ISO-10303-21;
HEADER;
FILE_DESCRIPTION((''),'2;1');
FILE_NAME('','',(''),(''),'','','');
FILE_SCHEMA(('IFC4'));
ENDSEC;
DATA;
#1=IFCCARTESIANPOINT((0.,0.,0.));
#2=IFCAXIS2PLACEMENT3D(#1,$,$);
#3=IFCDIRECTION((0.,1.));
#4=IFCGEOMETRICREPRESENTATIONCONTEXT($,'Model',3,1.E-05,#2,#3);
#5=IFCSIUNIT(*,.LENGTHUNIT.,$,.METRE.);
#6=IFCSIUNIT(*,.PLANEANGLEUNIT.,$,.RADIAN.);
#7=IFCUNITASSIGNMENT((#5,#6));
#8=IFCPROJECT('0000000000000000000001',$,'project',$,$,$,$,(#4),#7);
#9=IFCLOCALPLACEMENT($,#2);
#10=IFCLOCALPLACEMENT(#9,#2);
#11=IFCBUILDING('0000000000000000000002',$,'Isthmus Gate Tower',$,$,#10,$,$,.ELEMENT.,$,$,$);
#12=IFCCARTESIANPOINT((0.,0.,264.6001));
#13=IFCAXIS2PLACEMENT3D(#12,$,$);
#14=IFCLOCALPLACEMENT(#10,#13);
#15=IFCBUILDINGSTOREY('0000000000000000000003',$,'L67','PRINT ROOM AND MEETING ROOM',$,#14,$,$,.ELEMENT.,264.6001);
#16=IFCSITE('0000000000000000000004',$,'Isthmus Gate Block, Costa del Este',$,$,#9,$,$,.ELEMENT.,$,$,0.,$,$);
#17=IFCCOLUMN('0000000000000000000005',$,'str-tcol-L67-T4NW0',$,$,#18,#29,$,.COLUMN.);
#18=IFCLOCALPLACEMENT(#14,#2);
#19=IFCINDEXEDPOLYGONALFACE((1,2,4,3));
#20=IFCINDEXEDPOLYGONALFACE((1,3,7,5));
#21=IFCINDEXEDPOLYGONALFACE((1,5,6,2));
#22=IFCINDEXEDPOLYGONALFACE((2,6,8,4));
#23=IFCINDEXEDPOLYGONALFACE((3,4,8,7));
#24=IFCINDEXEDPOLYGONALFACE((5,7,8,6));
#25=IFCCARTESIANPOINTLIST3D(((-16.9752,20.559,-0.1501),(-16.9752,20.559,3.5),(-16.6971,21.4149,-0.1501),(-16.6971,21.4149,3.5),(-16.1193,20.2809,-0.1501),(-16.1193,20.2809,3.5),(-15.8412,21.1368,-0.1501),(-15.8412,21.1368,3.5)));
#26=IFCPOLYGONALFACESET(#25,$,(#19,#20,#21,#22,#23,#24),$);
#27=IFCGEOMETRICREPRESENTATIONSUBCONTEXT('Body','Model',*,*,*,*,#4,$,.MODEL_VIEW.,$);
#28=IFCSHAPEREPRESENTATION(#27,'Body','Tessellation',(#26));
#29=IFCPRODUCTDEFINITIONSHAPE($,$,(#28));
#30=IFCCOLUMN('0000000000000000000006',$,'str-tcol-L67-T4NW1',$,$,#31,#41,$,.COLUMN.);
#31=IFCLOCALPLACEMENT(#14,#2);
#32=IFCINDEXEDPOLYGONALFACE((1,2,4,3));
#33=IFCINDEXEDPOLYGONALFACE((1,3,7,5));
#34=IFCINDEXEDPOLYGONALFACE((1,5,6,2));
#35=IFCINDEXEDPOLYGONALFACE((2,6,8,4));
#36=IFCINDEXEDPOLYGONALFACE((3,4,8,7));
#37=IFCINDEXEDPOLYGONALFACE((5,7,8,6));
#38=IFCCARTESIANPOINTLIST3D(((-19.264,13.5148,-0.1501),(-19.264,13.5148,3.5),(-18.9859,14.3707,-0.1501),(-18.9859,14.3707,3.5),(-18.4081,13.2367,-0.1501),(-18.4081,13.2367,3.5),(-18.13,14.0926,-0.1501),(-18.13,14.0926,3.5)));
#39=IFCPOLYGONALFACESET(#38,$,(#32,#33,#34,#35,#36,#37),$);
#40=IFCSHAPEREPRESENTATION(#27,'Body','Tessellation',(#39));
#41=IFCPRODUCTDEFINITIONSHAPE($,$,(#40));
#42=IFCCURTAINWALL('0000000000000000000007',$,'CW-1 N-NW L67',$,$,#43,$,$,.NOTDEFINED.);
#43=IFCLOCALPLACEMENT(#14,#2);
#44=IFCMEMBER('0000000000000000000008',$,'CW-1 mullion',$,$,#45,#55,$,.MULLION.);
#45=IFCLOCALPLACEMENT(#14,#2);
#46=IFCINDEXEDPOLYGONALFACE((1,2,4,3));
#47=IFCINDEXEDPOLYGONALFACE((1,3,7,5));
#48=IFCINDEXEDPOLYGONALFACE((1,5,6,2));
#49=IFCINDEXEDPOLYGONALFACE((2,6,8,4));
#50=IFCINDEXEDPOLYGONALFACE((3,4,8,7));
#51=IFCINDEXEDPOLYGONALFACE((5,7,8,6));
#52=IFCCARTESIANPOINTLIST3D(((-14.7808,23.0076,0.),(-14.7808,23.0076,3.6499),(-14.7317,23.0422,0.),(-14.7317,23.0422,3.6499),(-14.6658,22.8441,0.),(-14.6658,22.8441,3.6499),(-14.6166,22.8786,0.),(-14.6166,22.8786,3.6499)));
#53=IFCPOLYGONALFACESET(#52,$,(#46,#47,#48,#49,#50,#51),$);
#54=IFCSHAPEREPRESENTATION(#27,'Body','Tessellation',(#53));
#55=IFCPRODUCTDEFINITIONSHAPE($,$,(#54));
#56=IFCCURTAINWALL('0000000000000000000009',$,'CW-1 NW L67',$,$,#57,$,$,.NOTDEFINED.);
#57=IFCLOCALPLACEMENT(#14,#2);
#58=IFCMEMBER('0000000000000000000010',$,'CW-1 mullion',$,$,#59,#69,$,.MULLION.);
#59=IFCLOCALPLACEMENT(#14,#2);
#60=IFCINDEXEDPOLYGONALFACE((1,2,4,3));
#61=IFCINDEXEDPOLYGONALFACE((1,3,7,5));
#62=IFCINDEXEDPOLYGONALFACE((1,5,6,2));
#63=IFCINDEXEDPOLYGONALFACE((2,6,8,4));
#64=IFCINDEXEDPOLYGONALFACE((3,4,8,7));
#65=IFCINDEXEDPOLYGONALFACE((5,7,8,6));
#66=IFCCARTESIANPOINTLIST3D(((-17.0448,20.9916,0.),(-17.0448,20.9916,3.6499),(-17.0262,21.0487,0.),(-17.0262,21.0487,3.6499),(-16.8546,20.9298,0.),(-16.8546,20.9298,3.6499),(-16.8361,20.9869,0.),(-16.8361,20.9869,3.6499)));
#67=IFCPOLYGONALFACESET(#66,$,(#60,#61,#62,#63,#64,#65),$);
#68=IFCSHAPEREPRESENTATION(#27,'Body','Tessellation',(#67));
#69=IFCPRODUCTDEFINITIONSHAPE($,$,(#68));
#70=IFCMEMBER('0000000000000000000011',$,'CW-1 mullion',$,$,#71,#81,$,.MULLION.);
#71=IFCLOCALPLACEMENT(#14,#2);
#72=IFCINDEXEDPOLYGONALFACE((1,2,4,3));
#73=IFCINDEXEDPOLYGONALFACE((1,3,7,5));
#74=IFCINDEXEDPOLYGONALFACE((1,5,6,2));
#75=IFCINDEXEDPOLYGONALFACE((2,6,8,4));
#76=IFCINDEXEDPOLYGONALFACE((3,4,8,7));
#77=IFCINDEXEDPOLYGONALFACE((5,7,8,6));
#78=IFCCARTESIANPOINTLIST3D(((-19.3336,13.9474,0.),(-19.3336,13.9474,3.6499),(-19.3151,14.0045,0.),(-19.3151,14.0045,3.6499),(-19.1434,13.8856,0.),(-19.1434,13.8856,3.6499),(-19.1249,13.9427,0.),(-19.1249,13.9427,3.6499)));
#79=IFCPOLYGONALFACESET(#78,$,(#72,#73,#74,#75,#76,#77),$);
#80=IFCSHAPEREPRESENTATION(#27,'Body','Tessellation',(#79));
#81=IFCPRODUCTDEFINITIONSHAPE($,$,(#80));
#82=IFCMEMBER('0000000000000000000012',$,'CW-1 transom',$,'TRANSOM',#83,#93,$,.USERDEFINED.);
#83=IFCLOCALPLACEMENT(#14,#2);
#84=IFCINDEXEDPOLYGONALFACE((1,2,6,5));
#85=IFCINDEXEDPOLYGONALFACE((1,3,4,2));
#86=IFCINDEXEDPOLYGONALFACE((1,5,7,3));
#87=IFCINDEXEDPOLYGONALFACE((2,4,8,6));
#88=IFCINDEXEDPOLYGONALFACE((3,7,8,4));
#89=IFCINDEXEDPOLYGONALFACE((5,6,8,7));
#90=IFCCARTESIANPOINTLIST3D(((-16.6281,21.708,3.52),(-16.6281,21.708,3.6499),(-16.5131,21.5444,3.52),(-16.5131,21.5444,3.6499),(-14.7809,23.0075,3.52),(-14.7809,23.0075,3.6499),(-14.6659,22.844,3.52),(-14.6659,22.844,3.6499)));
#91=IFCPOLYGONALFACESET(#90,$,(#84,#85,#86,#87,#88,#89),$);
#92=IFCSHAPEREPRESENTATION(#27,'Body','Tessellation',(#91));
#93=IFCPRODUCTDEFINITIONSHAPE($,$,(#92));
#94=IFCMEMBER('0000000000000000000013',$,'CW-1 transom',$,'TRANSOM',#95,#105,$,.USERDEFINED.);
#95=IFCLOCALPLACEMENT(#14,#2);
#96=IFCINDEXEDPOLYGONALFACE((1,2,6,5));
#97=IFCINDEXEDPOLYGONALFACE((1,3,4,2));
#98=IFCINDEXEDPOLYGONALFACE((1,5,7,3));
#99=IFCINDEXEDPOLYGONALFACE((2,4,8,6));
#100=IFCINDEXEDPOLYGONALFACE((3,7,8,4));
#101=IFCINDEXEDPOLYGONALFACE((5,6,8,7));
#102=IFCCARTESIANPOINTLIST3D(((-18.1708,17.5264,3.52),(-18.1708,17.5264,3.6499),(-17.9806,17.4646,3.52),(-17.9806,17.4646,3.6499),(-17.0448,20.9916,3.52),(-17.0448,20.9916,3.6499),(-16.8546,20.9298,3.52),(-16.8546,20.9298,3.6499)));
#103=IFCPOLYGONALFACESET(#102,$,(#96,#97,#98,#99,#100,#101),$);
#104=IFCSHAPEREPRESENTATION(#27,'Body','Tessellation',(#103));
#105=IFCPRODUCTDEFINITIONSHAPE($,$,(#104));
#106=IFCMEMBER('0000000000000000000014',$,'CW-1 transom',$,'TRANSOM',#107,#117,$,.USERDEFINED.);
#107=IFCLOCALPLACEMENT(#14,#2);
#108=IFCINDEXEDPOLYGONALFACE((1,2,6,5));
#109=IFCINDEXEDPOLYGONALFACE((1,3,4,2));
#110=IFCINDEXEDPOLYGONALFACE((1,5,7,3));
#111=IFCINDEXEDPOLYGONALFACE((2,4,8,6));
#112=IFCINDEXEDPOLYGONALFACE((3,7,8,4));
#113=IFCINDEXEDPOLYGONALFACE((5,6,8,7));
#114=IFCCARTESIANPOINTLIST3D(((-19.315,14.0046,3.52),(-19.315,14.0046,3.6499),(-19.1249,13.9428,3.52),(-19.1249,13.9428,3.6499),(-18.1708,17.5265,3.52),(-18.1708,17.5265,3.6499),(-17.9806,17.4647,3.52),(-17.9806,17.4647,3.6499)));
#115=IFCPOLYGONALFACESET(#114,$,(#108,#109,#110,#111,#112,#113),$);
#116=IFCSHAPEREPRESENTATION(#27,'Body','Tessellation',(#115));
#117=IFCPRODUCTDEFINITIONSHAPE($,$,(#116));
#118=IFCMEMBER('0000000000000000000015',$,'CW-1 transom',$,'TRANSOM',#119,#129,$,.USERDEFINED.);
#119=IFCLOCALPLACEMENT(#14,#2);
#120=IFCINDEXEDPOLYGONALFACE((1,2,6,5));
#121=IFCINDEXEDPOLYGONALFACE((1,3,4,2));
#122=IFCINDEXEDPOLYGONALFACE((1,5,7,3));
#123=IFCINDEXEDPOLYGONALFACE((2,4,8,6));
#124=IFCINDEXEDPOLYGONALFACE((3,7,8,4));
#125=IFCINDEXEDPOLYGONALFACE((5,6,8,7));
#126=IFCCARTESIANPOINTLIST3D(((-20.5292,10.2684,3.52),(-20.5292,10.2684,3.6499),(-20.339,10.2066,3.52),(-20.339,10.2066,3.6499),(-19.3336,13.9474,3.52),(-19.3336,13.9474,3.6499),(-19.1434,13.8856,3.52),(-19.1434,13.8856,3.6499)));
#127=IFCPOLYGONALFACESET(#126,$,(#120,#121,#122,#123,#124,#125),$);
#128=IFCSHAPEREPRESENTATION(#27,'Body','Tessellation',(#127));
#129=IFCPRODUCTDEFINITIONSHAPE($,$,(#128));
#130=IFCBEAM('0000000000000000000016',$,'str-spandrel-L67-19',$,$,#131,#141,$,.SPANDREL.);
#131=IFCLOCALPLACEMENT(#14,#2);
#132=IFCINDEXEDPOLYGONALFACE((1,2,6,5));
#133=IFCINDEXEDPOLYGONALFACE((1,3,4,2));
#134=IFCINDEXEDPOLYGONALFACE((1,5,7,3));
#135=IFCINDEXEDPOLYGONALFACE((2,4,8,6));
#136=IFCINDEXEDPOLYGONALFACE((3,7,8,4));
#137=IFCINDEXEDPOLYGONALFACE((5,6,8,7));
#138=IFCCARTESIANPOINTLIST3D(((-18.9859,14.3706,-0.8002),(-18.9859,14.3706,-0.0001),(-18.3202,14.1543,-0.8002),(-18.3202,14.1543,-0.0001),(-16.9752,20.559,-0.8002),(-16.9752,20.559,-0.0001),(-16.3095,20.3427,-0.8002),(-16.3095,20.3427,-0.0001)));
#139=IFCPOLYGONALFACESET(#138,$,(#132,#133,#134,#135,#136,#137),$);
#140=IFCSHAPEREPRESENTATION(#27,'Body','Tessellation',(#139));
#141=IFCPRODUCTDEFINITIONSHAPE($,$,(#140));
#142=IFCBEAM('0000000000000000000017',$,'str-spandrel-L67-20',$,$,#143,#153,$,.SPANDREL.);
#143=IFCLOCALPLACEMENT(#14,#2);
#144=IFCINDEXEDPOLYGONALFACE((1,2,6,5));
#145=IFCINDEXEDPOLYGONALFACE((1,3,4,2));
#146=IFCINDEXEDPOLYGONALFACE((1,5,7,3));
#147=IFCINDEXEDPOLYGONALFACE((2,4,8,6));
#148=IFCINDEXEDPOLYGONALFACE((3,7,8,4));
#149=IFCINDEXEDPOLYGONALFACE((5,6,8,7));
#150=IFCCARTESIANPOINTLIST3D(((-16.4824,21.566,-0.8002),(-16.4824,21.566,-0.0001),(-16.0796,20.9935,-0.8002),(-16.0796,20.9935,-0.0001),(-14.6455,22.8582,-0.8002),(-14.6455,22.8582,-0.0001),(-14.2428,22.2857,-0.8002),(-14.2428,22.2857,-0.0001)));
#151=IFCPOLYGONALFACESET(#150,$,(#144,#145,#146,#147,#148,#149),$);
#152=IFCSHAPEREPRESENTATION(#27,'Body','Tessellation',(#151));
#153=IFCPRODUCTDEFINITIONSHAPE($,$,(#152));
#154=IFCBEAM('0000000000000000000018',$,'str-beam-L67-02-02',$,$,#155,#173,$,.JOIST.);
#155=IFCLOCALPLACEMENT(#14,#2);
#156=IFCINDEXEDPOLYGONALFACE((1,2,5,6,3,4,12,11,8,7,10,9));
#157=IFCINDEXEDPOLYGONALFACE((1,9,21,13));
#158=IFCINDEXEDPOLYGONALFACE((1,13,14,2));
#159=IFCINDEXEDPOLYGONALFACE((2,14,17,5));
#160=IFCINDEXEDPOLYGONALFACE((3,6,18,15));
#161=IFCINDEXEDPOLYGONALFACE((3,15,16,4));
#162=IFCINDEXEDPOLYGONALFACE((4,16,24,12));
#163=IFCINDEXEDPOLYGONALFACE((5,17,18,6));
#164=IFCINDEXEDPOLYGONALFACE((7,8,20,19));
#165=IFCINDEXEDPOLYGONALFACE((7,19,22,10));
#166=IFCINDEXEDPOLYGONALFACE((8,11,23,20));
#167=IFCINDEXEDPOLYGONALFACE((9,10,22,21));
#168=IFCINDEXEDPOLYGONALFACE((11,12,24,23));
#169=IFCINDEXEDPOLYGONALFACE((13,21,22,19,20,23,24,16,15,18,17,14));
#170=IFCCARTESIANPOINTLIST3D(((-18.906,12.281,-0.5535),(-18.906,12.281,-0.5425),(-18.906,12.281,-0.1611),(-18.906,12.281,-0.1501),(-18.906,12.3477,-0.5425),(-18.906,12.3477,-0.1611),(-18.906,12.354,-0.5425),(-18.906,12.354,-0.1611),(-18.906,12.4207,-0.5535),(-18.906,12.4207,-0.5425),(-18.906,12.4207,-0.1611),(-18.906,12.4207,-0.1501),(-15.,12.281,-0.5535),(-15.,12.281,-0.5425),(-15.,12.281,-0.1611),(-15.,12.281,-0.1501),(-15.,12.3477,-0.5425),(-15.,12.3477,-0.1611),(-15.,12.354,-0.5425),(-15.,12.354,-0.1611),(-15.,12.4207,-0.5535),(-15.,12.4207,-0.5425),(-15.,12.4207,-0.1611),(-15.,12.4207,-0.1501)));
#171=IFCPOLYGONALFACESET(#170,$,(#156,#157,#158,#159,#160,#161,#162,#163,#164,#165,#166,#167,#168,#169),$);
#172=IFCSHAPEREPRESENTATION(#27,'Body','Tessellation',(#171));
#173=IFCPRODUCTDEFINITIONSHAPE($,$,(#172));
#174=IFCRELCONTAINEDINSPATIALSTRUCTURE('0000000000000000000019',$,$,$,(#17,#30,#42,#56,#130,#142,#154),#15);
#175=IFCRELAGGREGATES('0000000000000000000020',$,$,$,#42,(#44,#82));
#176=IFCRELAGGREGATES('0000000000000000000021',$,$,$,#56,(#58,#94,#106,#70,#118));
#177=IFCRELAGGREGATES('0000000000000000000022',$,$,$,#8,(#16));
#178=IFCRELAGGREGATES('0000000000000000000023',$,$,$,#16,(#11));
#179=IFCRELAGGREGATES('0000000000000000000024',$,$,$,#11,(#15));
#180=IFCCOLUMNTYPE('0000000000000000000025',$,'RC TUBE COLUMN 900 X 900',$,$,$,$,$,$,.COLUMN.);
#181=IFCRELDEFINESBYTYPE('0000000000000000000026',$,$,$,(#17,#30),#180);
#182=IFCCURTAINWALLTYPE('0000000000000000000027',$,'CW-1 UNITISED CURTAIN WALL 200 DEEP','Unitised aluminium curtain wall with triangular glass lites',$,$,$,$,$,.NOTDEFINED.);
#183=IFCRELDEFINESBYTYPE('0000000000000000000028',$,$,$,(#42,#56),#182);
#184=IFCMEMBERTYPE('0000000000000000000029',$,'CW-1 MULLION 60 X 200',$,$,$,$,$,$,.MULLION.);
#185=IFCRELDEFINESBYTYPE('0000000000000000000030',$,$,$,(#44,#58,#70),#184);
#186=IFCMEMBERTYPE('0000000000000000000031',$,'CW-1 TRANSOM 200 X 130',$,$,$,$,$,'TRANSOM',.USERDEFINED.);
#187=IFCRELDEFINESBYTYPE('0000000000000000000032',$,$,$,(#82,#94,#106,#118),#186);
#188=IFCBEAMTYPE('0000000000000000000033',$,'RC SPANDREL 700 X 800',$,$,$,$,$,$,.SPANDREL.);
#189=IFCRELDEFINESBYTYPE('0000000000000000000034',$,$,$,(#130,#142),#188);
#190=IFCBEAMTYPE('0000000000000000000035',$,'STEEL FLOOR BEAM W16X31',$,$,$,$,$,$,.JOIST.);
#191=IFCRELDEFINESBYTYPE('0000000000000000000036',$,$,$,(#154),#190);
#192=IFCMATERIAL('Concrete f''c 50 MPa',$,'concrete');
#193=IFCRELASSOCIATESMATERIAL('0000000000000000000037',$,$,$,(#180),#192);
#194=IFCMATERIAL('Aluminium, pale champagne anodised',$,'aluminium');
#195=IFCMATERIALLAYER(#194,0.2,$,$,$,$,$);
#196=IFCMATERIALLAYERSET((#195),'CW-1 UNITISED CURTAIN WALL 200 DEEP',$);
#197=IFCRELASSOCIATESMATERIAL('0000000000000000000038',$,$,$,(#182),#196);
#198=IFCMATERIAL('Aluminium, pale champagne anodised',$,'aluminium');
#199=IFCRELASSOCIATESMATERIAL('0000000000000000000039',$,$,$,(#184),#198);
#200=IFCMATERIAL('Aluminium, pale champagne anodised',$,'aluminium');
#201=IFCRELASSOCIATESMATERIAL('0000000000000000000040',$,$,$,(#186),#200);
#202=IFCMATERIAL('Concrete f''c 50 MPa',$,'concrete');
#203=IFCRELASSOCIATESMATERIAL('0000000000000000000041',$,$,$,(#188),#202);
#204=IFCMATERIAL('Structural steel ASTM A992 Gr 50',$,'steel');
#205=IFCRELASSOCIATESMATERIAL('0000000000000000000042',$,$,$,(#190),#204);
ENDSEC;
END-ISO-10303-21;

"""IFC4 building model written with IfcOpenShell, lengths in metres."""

from ifc_helpers import new_model, si_unit, direction, frame, origin, origin_2d, place, context, subcontext, project, spatial, rectangle, i_section, extrude, material, layer, layer_set, material_profile, profile_set, type_object, element, aggregate, save


model = new_model("IFC4")

# Units and contexts
model_context = context("Model", 3, precision=1e-05, world=origin(), true_north=direction((0.0, 1.0)))
body_context = subcontext(model_context, "Body", "Model", "MODEL_VIEW")
ifc_project = project(units=[si_unit("LENGTHUNIT", "METRE"), si_unit("PLANEANGLEUNIT", "RADIAN")], contexts=[model_context])

# Site, building, storey
site_placement = place(None, origin())
site = spatial("IfcSite", under=ifc_project, at=site_placement, Name="Isthmus Gate Block, Costa del Este", CompositionType="ELEMENT", RefElevation=0.0)
building_placement = place(site_placement, origin())
building = spatial("IfcBuilding", under=site, at=building_placement, Name="Isthmus Gate Tower", CompositionType="ELEMENT")
storey_placement = place(building_placement, frame((0.0, 0.0, 264.6001)))
storey = spatial("IfcBuildingStorey", under=building, at=storey_placement, Name="L67", Description="PRINT ROOM AND MEETING ROOM", CompositionType="ELEMENT", Elevation=264.6001)

# Columns
ifc_material_1 = material(Name="Concrete f'c 50 MPa", Category="concrete")
ifc_material_profile_1 = material_profile(ifc_material_1, rectangle(XDim=0.8999, YDim=0.8999, at=origin_2d()), Name="RC 900X900")
ifc_profile_set_1 = profile_set([ifc_material_profile_1], Name="Concrete f'c 50 MPa")
column_type = type_object("IfcColumnType", Name="RC TUBE COLUMN 900 X 900", PredefinedType="COLUMN", material=ifc_profile_set_1)
for number, where, z_axis, x_axis, name in (
    (1, (-16.4082, 20.8479, -0.1501), (0.0, 0.0, 1.0), (-0.309017, -0.951057, 0.0), "str-tcol-L67-T4NW0"),
    (2, (-18.697, 13.8037, -0.1501), (0.0, 0.0, 1.0), (-0.309017, -0.951057, 0.0), "str-tcol-L67-T4NW1"),
):
    element("IfcColumn", number, at=place(storey_placement, frame(where, z_axis=z_axis, x_axis=x_axis)), inside=storey, type_object=column_type, Name=name, PredefinedType="COLUMN", context=body_context, shape_type="SweptSolid", body=[
        extrude(rectangle(XDim=0.8999, YDim=0.8999, at=origin_2d()), origin(), (0.0, 0.0, 1.0), 3.6501),
    ])

# Curtain wall, member
ifc_material_2 = material(Name="Aluminium, pale champagne anodised", Category="aluminium")
ifc_layer_1 = layer(ifc_material_2, 0.2)
ifc_layer_set_1 = layer_set([ifc_layer_1], Name="CW-1 UNITISED CURTAIN WALL 200 DEEP")
curtain_wall_type = type_object("IfcCurtainWallType", Name="CW-1 UNITISED CURTAIN WALL 200 DEEP", Description="Unitised aluminium curtain wall with triangular glass lites", PredefinedType="NOTDEFINED", material=ifc_layer_set_1)
curtain_wall_1_placement = place(storey_placement, origin())
curtain_wall_1 = element("IfcCurtainWall", 3, at=curtain_wall_1_placement, inside=storey, type_object=curtain_wall_type, Name="CW-1 N-NW L67", PredefinedType="NOTDEFINED")
ifc_material_3 = material(Name="Aluminium, pale champagne anodised", Category="aluminium")
ifc_material_profile_2 = material_profile(ifc_material_3, rectangle(XDim=0.0601, YDim=0.2, at=origin_2d()), Name="60x200")
ifc_profile_set_2 = profile_set([ifc_material_profile_2], Name="Aluminium, pale champagne anodised")
member_type_1 = type_object("IfcMemberType", Name="CW-1 MULLION 60 X 200", PredefinedType="MULLION", material=ifc_profile_set_2)
member_1_placement = place(storey_placement, frame((-14.6987, 22.9431, 0.0), z_axis=(0.0, 0.0, 1.0), x_axis=(-0.81786, -0.575418, 0.0)))
member_1 = element("IfcMember", 4, at=member_1_placement, type_object=member_type_1, Name="CW-1 mullion", PredefinedType="MULLION", context=body_context, shape_type="SweptSolid", body=[
    extrude(rectangle(XDim=0.0601, YDim=0.2, at=origin_2d()), origin(), (0.0, 0.0, 1.0), 3.6499),
])

# Curtain wall, members
curtain_wall_2_placement = place(storey_placement, origin())
curtain_wall_2 = element("IfcCurtainWall", 5, at=curtain_wall_2_placement, inside=storey, type_object=curtain_wall_type, Name="CW-1 NW L67", PredefinedType="NOTDEFINED")
member_2_placement = place(storey_placement, frame((-16.9404, 20.9893, 0.0), z_axis=(0.0, 0.0, 1.0), x_axis=(-0.309017, -0.951057, 0.0)))
member_2 = element("IfcMember", 6, at=member_2_placement, type_object=member_type_1, Name="CW-1 mullion", PredefinedType="MULLION", context=body_context, shape_type="SweptSolid", body=[
    extrude(rectangle(XDim=0.0601, YDim=0.2, at=origin_2d()), origin(), (0.0, 0.0, 1.0), 3.6499),
])
member_3_placement = place(storey_placement, frame((-19.2292, 13.9451, 0.0), z_axis=(0.0, 0.0, 1.0), x_axis=(-0.309017, -0.951057, 0.0)))
member_3 = element("IfcMember", 7, at=member_3_placement, type_object=member_type_1, Name="CW-1 mullion", PredefinedType="MULLION", context=body_context, shape_type="SweptSolid", body=[
    extrude(rectangle(XDim=0.0601, YDim=0.2, at=origin_2d()), origin(), (0.0, 0.0, 1.0), 3.6499),
])

# Members
ifc_material_4 = material(Name="Aluminium, pale champagne anodised", Category="aluminium")
ifc_material_profile_3 = material_profile(ifc_material_4, rectangle(XDim=0.2, YDim=0.1299, at=origin_2d()), Name="200x130")
ifc_profile_set_3 = profile_set([ifc_material_profile_3], Name="Aluminium, pale champagne anodised")
member_type_2 = type_object("IfcMemberType", Name="CW-1 TRANSOM 200 X 130", ElementType="TRANSOM", PredefinedType="USERDEFINED", material=ifc_profile_set_3)
member_4_placement = place(storey_placement, frame((-14.7234, 22.9258, 3.585), z_axis=(-0.817869, -0.575405, 0.0), x_axis=(0.575405, -0.817869, 0.0)))
member_4 = element("IfcMember", 8, at=member_4_placement, type_object=member_type_2, Name="CW-1 transom", ObjectType="TRANSOM", PredefinedType="USERDEFINED", context=body_context, shape_type="SweptSolid", body=[
    extrude(rectangle(XDim=0.2, YDim=0.1299, at=origin_2d()), origin(), (0.0, 0.0, 1.0), 2.2585),
])
member_5_placement = place(storey_placement, frame((-16.9497, 20.9607, 3.585), z_axis=(-0.309042, -0.951048, 0.0), x_axis=(0.951048, -0.309042, 0.0)))
member_5 = element("IfcMember", 9, at=member_5_placement, type_object=member_type_2, Name="CW-1 transom", ObjectType="TRANSOM", PredefinedType="USERDEFINED", context=body_context, shape_type="SweptSolid", body=[
    extrude(rectangle(XDim=0.2, YDim=0.1299, at=origin_2d()), origin(), (0.0, 0.0, 1.0), 3.6436),
])
member_6_placement = place(storey_placement, frame((-18.0757, 17.4956, 3.585), z_axis=(-0.309, -0.951062, 0.0), x_axis=(0.951062, -0.309, 0.0)))
member_6 = element("IfcMember", 10, at=member_6_placement, type_object=member_type_2, Name="CW-1 transom", ObjectType="TRANSOM", PredefinedType="USERDEFINED", context=body_context, shape_type="SweptSolid", body=[
    extrude(rectangle(XDim=0.2, YDim=0.1299, at=origin_2d()), origin(), (0.0, 0.0, 1.0), 3.7031),
])
member_7_placement = place(storey_placement, frame((-19.2385, 13.9165, 3.585), z_axis=(-0.309062, -0.951042, 0.0), x_axis=(0.951042, -0.309062, 0.0)))
member_7 = element("IfcMember", 11, at=member_7_placement, type_object=member_type_2, Name="CW-1 transom", ObjectType="TRANSOM", PredefinedType="USERDEFINED", context=body_context, shape_type="SweptSolid", body=[
    extrude(rectangle(XDim=0.2, YDim=0.1299, at=origin_2d()), origin(), (0.0, 0.0, 1.0), 3.8684),
])

# Beams
ifc_material_5 = material(Name="Concrete f'c 50 MPa", Category="concrete")
ifc_material_profile_4 = material_profile(ifc_material_5, rectangle(XDim=0.7, YDim=0.8, at=origin_2d()), Name="RC 700X800")
ifc_profile_set_4 = profile_set([ifc_material_profile_4], Name="Concrete f'c 50 MPa")
beam_type_1 = type_object("IfcBeamType", Name="RC SPANDREL 700 X 800", PredefinedType="SPANDREL", material=ifc_profile_set_4)
beam_1_placement = place(storey_placement, frame((-18.6531, 14.2625, -0.4001), z_axis=(0.309015, 0.951057, 0.0), x_axis=(-0.951057, 0.309015, 0.0)))
element("IfcBeam", 12, at=beam_1_placement, inside=storey, type_object=beam_type_1, Name="str-spandrel-L67-19", PredefinedType="SPANDREL", context=body_context, shape_type="SweptSolid", body=[
    extrude(rectangle(XDim=0.7, YDim=0.8, at=origin_2d()), origin(), (0.0, 0.0, 1.0), 6.5068),
])
beam_2_placement = place(storey_placement, frame((-16.281, 21.2798, -0.4001), z_axis=(0.817892, 0.575372, 0.0), x_axis=(-0.575372, 0.817892, 0.0)))
element("IfcBeam", 13, at=beam_2_placement, inside=storey, type_object=beam_type_1, Name="str-spandrel-L67-20", PredefinedType="SPANDREL", context=body_context, shape_type="SweptSolid", body=[
    extrude(rectangle(XDim=0.7, YDim=0.8, at=origin_2d()), origin(), (0.0, 0.0, 1.0), 2.2458),
])
ifc_material_6 = material(Name="Structural steel ASTM A992 Gr 50", Category="steel")
ifc_material_profile_5 = material_profile(ifc_material_6, i_section(OverallWidth=0.1396, OverallDepth=0.4033, WebThickness=0.0063, FlangeThickness=0.011, at=origin_2d()), Name="W16X31")
ifc_profile_set_5 = profile_set([ifc_material_profile_5], Name="Structural steel ASTM A992 Gr 50")
beam_type_2 = type_object("IfcBeamType", Name="STEEL FLOOR BEAM W16X31", PredefinedType="JOIST", material=ifc_profile_set_5)
beam_3_placement = place(storey_placement, frame((-18.906, 12.3508, -0.3518), z_axis=(1.0, 0.0, 0.0), x_axis=(0.0, 1.0, 0.0)))
element("IfcBeam", 14, at=beam_3_placement, inside=storey, type_object=beam_type_2, Name="str-beam-L67-02-02", PredefinedType="JOIST", context=body_context, shape_type="SweptSolid", body=[
    extrude(i_section(OverallWidth=0.1396, OverallDepth=0.4033, WebThickness=0.0063, FlangeThickness=0.011, at=origin_2d()), origin(), (0.0, 0.0, 1.0), 3.906),
])

aggregate(curtain_wall_1, [member_1, member_4])

aggregate(curtain_wall_2, [member_2, member_5, member_6, member_3, member_7])

save(model, "model.ifc")
